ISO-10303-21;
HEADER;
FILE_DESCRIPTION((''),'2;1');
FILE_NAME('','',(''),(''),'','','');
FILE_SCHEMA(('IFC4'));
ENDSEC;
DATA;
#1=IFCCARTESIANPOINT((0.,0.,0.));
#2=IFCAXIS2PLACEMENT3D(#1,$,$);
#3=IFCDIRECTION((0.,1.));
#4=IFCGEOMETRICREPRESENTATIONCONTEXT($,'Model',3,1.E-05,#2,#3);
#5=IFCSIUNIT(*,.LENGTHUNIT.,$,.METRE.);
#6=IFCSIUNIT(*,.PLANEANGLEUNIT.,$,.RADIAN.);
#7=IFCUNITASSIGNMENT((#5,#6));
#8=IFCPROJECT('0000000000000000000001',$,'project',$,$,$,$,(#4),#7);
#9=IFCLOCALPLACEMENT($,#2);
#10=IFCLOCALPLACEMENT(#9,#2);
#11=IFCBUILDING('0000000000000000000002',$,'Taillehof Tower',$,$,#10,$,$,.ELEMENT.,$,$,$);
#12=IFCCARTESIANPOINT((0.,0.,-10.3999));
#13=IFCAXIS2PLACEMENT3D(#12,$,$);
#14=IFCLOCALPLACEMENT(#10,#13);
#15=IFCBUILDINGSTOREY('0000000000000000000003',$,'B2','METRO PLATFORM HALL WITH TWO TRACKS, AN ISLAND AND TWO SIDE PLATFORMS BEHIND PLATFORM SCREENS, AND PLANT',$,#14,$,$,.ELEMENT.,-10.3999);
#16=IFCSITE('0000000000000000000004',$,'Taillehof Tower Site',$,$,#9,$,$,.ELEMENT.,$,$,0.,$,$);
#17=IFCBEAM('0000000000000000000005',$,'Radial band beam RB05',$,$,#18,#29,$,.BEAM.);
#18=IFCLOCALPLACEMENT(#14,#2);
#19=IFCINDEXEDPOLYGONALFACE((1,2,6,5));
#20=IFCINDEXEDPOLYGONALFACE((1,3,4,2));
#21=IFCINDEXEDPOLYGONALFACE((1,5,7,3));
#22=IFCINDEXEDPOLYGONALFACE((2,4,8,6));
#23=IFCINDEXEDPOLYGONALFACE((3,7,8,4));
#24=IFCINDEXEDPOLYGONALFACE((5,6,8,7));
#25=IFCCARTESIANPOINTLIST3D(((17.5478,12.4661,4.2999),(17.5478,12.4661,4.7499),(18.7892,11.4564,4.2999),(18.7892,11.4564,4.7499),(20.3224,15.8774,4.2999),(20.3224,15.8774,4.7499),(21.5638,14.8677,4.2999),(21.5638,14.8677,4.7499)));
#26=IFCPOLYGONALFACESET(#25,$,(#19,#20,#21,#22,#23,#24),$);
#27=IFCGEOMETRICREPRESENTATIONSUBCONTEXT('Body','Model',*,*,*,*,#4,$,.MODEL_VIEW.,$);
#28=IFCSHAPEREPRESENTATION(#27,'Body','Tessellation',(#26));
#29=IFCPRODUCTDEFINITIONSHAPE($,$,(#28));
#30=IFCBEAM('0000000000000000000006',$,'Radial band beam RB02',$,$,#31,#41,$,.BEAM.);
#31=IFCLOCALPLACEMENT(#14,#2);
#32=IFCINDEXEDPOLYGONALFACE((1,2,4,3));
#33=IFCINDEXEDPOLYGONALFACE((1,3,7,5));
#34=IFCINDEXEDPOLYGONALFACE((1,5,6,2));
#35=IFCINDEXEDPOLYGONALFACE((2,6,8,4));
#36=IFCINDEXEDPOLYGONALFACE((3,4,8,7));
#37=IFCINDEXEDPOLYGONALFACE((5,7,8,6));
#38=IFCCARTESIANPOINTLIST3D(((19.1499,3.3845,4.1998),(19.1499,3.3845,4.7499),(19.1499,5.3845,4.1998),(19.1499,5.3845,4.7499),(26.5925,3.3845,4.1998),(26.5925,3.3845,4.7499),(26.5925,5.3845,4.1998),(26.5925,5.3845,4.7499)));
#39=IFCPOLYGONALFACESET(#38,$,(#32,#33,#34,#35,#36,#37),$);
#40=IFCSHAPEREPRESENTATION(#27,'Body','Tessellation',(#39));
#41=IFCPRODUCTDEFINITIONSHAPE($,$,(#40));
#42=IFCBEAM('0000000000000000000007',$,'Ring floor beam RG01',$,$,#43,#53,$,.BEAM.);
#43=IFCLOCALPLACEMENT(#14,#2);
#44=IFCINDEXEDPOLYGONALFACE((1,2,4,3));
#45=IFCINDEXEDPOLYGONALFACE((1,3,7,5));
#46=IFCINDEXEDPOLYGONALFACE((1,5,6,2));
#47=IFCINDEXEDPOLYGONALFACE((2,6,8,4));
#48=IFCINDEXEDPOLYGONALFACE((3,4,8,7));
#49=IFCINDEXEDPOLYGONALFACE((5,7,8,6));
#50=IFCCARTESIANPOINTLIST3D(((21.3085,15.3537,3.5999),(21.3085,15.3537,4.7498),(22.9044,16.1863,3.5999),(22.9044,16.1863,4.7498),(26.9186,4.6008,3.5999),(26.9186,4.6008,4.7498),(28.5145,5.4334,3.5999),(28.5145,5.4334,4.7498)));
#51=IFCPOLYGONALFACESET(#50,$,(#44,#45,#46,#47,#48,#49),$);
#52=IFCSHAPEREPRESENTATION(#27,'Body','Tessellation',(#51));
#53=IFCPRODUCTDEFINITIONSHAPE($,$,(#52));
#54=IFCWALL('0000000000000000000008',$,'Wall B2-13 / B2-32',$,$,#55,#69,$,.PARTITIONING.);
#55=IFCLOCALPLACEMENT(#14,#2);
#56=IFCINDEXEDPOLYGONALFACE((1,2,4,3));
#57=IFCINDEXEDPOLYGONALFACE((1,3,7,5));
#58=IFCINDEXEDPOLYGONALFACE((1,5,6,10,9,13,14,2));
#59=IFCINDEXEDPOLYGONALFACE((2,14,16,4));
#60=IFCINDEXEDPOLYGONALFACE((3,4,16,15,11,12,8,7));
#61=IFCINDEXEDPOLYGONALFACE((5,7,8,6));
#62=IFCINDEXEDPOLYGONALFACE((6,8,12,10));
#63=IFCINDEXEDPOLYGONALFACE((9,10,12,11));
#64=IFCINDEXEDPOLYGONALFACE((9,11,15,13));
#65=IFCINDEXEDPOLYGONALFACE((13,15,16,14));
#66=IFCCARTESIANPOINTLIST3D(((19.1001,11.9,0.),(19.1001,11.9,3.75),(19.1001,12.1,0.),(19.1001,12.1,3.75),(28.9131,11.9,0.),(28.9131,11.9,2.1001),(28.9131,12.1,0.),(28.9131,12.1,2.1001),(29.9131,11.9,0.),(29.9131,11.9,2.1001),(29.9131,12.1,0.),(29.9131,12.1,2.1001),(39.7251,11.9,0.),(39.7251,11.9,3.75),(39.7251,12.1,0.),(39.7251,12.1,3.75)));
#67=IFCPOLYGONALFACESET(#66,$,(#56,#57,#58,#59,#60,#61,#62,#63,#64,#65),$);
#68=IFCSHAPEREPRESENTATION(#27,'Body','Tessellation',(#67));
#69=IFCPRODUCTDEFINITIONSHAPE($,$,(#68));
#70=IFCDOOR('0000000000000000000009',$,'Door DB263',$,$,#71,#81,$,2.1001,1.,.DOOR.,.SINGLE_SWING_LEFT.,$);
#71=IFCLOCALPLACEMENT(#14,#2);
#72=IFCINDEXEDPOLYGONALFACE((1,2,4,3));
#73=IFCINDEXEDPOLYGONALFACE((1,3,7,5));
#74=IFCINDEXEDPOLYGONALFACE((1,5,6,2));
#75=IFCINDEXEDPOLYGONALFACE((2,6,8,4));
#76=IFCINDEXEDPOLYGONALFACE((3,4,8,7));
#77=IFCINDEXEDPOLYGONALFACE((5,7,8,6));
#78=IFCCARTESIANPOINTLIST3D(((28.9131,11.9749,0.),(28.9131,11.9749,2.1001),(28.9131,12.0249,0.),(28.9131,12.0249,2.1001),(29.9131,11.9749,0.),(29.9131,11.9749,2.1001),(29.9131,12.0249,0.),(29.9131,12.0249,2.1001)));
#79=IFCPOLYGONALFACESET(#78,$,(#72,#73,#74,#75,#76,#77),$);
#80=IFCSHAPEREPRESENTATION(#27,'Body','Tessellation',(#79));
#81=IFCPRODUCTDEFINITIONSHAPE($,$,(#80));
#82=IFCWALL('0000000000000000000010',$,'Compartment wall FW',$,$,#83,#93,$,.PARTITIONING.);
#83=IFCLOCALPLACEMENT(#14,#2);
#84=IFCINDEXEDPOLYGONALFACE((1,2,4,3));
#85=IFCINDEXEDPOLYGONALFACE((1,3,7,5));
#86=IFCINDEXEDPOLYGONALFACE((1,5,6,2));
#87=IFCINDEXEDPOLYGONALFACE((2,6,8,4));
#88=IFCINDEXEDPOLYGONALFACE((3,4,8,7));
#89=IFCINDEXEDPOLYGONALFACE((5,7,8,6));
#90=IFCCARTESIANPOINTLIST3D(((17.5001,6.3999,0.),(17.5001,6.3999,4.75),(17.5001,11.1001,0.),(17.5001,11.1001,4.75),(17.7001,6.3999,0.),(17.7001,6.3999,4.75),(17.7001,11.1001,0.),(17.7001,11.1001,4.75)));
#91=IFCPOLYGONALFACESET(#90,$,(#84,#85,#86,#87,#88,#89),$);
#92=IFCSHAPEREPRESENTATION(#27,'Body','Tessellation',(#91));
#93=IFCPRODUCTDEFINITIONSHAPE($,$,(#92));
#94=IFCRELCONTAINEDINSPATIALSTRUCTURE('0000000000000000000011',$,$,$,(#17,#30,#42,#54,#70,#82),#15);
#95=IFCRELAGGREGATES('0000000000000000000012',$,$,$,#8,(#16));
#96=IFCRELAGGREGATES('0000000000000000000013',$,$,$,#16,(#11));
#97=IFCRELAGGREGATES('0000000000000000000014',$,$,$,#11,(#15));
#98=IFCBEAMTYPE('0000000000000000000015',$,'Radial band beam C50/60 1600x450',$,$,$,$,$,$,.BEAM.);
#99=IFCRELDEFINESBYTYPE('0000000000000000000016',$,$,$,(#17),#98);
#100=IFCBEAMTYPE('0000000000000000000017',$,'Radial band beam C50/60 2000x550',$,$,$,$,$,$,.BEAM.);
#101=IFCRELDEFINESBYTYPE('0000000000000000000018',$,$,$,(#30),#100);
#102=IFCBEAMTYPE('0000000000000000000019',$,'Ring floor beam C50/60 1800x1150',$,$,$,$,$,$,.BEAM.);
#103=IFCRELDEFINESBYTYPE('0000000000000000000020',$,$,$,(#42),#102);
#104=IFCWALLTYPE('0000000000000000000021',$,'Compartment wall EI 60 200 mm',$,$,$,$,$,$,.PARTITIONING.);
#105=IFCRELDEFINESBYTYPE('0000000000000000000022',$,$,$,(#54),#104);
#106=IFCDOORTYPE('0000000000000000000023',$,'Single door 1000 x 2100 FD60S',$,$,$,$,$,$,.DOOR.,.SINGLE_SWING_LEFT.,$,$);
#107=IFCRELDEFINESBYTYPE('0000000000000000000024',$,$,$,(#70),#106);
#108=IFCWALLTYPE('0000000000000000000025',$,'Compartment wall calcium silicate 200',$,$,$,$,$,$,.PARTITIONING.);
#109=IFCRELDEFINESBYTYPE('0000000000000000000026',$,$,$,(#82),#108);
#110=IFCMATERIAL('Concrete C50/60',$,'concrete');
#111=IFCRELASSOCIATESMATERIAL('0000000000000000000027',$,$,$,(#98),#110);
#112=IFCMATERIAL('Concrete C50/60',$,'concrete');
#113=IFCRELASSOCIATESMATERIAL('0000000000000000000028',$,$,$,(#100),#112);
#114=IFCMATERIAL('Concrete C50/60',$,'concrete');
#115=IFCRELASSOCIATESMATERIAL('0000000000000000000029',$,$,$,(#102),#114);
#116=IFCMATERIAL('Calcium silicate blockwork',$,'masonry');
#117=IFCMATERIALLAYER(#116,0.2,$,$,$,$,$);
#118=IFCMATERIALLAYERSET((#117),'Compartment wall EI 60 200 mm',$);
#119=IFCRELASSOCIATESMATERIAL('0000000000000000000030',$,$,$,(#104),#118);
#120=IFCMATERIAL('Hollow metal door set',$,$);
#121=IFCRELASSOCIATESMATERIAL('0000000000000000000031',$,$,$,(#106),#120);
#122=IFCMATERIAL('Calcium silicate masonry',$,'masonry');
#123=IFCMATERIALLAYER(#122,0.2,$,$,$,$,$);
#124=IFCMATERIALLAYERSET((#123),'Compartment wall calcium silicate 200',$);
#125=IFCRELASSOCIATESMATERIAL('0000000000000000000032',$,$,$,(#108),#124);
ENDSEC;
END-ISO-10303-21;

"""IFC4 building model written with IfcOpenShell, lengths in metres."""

from ifc_helpers import new_model, si_unit, direction, frame, frame_2d, origin, origin_2d, place, context, subcontext, project, spatial, rectangle, extrude, material, layer, layer_set, material_profile, profile_set, type_object, element, fill, save


model = new_model("IFC4")

# Units and contexts
model_context = context("Model", 3, precision=1e-05, world=origin(), true_north=direction((0.0, 1.0)))
body_context = subcontext(model_context, "Body", "Model", "MODEL_VIEW")
ifc_project = project(units=[si_unit("LENGTHUNIT", "METRE"), si_unit("PLANEANGLEUNIT", "RADIAN")], contexts=[model_context])

# Site, building, storey
site_placement = place(None, origin())
site = spatial("IfcSite", under=ifc_project, at=site_placement, Name="Taillehof Tower Site", CompositionType="ELEMENT", RefElevation=0.0)
building_placement = place(site_placement, origin())
building = spatial("IfcBuilding", under=site, at=building_placement, Name="Taillehof Tower", CompositionType="ELEMENT")
storey_placement = place(building_placement, frame((0.0, 0.0, -10.3999)))
storey = spatial("IfcBuildingStorey", under=building, at=storey_placement, Name="B2", Description="METRO PLATFORM HALL WITH TWO TRACKS, AN ISLAND AND TWO SIDE PLATFORMS BEHIND PLATFORM SCREENS, AND PLANT", CompositionType="ELEMENT", Elevation=-10.3999)

# Beams
ifc_material_1 = material(Name="Concrete C50/60", Category="concrete")
ifc_material_profile_1 = material_profile(ifc_material_1, rectangle(XDim=1.6001, YDim=0.45, at=origin_2d()), Name="RC 1600x450")
ifc_profile_set_1 = profile_set([ifc_material_profile_1], Name="Concrete C50/60")
beam_type_1 = type_object("IfcBeamType", Name="Radial band beam C50/60 1600x450", PredefinedType="BEAM", material=ifc_profile_set_1)
beam_1_placement = place(storey_placement, frame((20.9431, 15.3726, 4.5249), z_axis=(-0.630992, -0.77579, 0.0), x_axis=(0.77579, -0.630992, 0.0)))
element("IfcBeam", 1, at=beam_1_placement, inside=storey, type_object=beam_type_1, Name="Radial band beam RB05", PredefinedType="BEAM", context=body_context, shape_type="SweptSolid", body=[
    extrude(rectangle(XDim=1.6001, YDim=0.45, at=origin_2d()), origin(), (0.0, 0.0, 1.0), 4.3972),
])
ifc_material_2 = material(Name="Concrete C50/60", Category="concrete")
ifc_material_profile_2 = material_profile(ifc_material_2, rectangle(XDim=2.0, YDim=0.55, at=origin_2d()), Name="RC 2000x550")
ifc_profile_set_2 = profile_set([ifc_material_profile_2], Name="Concrete C50/60")
beam_type_2 = type_object("IfcBeamType", Name="Radial band beam C50/60 2000x550", PredefinedType="BEAM", material=ifc_profile_set_2)
beam_2_placement = place(storey_placement, frame((26.5925, 4.3845, 4.4749), z_axis=(-1.0, 0.0, 0.0), x_axis=(0.0, -1.0, 0.0)))
element("IfcBeam", 2, at=beam_2_placement, inside=storey, type_object=beam_type_2, Name="Radial band beam RB02", PredefinedType="BEAM", context=body_context, shape_type="SweptSolid", body=[
    extrude(rectangle(XDim=2.0, YDim=0.55, at=origin_2d()), origin(), (0.0, 0.0, 1.0), 7.4426),
])
ifc_material_3 = material(Name="Concrete C50/60", Category="concrete")
ifc_material_profile_3 = material_profile(ifc_material_3, rectangle(XDim=1.8, YDim=1.1499, at=origin_2d()), Name="RC 1800x1150")
ifc_profile_set_3 = profile_set([ifc_material_profile_3], Name="Concrete C50/60")
beam_type_3 = type_object("IfcBeamType", Name="Ring floor beam C50/60 1800x1150", PredefinedType="BEAM", material=ifc_profile_set_3)
beam_3_placement = place(storey_placement, frame((27.7166, 5.0171, 4.1748), z_axis=(-0.462558, 0.886589, 0.0), x_axis=(-0.886589, -0.462558, 0.0)))
element("IfcBeam", 3, at=beam_3_placement, inside=storey, type_object=beam_type_3, Name="Ring floor beam RG01", PredefinedType="BEAM", context=body_context, shape_type="SweptSolid", body=[
    extrude(rectangle(XDim=1.8, YDim=1.1499, at=origin_2d()), origin(), (0.0, 0.0, 1.0), 12.1284),
])

# Wall, opening, door
ifc_material_4 = material(Name="Calcium silicate blockwork", Category="masonry")
ifc_layer_1 = layer(ifc_material_4, 0.2)
ifc_layer_set_1 = layer_set([ifc_layer_1], Name="Compartment wall EI 60 200 mm")
wall_type_1 = type_object("IfcWallType", Name="Compartment wall EI 60 200 mm", PredefinedType="PARTITIONING", material=ifc_layer_set_1)
wall_1_placement = place(storey_placement, frame((19.1001, 12.0, 0.0), z_axis=(0.0, 0.0, 1.0), x_axis=(1.0, 0.0, 0.0)))
wall_1 = element("IfcWall", 4, at=wall_1_placement, inside=storey, type_object=wall_type_1, Name="Wall B2-13 / B2-32", PredefinedType="PARTITIONING", context=body_context, shape_type="SweptSolid", body=[
    extrude(rectangle(XDim=20.625, YDim=0.2, at=frame_2d((10.3125, 0.0))), origin(), (0.0, 0.0, 1.0), 3.75),
])
opening_placement = place(wall_1_placement, frame((9.813, 0.0, 0.0)))
opening = element("IfcOpeningElement", 5, at=opening_placement, cuts=wall_1, PredefinedType="OPENING", context=body_context, shape_type="SweptSolid", body=[
    extrude(rectangle(XDim=1.0, YDim=2.1001, at=frame_2d((0.5, 1.05))), frame((0.0, 0.1099, 0.0), z_axis=(0.0, -1.0, 0.0), x_axis=(1.0, 0.0, 0.0)), (0.0, 0.0, 1.0), 0.22),
])
ifc_material_5 = material(Name="Hollow metal door set")
door_type = type_object("IfcDoorType", Name="Single door 1000 x 2100 FD60S", OperationType="SINGLE_SWING_LEFT", PredefinedType="DOOR", material=ifc_material_5)
door_placement = place(opening_placement, origin())
door = element("IfcDoor", 6, at=door_placement, inside=storey, type_object=door_type, Name="Door DB263", OperationType="SINGLE_SWING_LEFT", OverallHeight=2.1001, OverallWidth=1.0, PredefinedType="DOOR", context=body_context, shape_type="SweptSolid", body=[
    extrude(rectangle(XDim=1.0, YDim=2.1001, at=frame_2d((0.5, 1.05))), frame((0.0, 0.0249, 0.0), z_axis=(0.0, -1.0, 0.0), x_axis=(1.0, 0.0, 0.0)), (0.0, 0.0, 1.0), 0.05),
])
fill(opening, door)

# Wall
ifc_material_6 = material(Name="Calcium silicate masonry", Category="masonry")
ifc_layer_2 = layer(ifc_material_6, 0.2)
ifc_layer_set_2 = layer_set([ifc_layer_2], Name="Compartment wall calcium silicate 200")
wall_type_2 = type_object("IfcWallType", Name="Compartment wall calcium silicate 200", PredefinedType="PARTITIONING", material=ifc_layer_set_2)
wall_2_placement = place(storey_placement, frame((17.6001, 6.3999, 0.0), z_axis=(0.0, 0.0, 1.0), x_axis=(0.0, 1.0, 0.0)))
element("IfcWall", 7, at=wall_2_placement, inside=storey, type_object=wall_type_2, Name="Compartment wall FW", PredefinedType="PARTITIONING", context=body_context, shape_type="SweptSolid", body=[
    extrude(rectangle(XDim=4.7002, YDim=0.2, at=frame_2d((2.3501, 0.0))), origin(), (0.0, 0.0, 1.0), 4.75),
])

save(model, "model.ifc")
